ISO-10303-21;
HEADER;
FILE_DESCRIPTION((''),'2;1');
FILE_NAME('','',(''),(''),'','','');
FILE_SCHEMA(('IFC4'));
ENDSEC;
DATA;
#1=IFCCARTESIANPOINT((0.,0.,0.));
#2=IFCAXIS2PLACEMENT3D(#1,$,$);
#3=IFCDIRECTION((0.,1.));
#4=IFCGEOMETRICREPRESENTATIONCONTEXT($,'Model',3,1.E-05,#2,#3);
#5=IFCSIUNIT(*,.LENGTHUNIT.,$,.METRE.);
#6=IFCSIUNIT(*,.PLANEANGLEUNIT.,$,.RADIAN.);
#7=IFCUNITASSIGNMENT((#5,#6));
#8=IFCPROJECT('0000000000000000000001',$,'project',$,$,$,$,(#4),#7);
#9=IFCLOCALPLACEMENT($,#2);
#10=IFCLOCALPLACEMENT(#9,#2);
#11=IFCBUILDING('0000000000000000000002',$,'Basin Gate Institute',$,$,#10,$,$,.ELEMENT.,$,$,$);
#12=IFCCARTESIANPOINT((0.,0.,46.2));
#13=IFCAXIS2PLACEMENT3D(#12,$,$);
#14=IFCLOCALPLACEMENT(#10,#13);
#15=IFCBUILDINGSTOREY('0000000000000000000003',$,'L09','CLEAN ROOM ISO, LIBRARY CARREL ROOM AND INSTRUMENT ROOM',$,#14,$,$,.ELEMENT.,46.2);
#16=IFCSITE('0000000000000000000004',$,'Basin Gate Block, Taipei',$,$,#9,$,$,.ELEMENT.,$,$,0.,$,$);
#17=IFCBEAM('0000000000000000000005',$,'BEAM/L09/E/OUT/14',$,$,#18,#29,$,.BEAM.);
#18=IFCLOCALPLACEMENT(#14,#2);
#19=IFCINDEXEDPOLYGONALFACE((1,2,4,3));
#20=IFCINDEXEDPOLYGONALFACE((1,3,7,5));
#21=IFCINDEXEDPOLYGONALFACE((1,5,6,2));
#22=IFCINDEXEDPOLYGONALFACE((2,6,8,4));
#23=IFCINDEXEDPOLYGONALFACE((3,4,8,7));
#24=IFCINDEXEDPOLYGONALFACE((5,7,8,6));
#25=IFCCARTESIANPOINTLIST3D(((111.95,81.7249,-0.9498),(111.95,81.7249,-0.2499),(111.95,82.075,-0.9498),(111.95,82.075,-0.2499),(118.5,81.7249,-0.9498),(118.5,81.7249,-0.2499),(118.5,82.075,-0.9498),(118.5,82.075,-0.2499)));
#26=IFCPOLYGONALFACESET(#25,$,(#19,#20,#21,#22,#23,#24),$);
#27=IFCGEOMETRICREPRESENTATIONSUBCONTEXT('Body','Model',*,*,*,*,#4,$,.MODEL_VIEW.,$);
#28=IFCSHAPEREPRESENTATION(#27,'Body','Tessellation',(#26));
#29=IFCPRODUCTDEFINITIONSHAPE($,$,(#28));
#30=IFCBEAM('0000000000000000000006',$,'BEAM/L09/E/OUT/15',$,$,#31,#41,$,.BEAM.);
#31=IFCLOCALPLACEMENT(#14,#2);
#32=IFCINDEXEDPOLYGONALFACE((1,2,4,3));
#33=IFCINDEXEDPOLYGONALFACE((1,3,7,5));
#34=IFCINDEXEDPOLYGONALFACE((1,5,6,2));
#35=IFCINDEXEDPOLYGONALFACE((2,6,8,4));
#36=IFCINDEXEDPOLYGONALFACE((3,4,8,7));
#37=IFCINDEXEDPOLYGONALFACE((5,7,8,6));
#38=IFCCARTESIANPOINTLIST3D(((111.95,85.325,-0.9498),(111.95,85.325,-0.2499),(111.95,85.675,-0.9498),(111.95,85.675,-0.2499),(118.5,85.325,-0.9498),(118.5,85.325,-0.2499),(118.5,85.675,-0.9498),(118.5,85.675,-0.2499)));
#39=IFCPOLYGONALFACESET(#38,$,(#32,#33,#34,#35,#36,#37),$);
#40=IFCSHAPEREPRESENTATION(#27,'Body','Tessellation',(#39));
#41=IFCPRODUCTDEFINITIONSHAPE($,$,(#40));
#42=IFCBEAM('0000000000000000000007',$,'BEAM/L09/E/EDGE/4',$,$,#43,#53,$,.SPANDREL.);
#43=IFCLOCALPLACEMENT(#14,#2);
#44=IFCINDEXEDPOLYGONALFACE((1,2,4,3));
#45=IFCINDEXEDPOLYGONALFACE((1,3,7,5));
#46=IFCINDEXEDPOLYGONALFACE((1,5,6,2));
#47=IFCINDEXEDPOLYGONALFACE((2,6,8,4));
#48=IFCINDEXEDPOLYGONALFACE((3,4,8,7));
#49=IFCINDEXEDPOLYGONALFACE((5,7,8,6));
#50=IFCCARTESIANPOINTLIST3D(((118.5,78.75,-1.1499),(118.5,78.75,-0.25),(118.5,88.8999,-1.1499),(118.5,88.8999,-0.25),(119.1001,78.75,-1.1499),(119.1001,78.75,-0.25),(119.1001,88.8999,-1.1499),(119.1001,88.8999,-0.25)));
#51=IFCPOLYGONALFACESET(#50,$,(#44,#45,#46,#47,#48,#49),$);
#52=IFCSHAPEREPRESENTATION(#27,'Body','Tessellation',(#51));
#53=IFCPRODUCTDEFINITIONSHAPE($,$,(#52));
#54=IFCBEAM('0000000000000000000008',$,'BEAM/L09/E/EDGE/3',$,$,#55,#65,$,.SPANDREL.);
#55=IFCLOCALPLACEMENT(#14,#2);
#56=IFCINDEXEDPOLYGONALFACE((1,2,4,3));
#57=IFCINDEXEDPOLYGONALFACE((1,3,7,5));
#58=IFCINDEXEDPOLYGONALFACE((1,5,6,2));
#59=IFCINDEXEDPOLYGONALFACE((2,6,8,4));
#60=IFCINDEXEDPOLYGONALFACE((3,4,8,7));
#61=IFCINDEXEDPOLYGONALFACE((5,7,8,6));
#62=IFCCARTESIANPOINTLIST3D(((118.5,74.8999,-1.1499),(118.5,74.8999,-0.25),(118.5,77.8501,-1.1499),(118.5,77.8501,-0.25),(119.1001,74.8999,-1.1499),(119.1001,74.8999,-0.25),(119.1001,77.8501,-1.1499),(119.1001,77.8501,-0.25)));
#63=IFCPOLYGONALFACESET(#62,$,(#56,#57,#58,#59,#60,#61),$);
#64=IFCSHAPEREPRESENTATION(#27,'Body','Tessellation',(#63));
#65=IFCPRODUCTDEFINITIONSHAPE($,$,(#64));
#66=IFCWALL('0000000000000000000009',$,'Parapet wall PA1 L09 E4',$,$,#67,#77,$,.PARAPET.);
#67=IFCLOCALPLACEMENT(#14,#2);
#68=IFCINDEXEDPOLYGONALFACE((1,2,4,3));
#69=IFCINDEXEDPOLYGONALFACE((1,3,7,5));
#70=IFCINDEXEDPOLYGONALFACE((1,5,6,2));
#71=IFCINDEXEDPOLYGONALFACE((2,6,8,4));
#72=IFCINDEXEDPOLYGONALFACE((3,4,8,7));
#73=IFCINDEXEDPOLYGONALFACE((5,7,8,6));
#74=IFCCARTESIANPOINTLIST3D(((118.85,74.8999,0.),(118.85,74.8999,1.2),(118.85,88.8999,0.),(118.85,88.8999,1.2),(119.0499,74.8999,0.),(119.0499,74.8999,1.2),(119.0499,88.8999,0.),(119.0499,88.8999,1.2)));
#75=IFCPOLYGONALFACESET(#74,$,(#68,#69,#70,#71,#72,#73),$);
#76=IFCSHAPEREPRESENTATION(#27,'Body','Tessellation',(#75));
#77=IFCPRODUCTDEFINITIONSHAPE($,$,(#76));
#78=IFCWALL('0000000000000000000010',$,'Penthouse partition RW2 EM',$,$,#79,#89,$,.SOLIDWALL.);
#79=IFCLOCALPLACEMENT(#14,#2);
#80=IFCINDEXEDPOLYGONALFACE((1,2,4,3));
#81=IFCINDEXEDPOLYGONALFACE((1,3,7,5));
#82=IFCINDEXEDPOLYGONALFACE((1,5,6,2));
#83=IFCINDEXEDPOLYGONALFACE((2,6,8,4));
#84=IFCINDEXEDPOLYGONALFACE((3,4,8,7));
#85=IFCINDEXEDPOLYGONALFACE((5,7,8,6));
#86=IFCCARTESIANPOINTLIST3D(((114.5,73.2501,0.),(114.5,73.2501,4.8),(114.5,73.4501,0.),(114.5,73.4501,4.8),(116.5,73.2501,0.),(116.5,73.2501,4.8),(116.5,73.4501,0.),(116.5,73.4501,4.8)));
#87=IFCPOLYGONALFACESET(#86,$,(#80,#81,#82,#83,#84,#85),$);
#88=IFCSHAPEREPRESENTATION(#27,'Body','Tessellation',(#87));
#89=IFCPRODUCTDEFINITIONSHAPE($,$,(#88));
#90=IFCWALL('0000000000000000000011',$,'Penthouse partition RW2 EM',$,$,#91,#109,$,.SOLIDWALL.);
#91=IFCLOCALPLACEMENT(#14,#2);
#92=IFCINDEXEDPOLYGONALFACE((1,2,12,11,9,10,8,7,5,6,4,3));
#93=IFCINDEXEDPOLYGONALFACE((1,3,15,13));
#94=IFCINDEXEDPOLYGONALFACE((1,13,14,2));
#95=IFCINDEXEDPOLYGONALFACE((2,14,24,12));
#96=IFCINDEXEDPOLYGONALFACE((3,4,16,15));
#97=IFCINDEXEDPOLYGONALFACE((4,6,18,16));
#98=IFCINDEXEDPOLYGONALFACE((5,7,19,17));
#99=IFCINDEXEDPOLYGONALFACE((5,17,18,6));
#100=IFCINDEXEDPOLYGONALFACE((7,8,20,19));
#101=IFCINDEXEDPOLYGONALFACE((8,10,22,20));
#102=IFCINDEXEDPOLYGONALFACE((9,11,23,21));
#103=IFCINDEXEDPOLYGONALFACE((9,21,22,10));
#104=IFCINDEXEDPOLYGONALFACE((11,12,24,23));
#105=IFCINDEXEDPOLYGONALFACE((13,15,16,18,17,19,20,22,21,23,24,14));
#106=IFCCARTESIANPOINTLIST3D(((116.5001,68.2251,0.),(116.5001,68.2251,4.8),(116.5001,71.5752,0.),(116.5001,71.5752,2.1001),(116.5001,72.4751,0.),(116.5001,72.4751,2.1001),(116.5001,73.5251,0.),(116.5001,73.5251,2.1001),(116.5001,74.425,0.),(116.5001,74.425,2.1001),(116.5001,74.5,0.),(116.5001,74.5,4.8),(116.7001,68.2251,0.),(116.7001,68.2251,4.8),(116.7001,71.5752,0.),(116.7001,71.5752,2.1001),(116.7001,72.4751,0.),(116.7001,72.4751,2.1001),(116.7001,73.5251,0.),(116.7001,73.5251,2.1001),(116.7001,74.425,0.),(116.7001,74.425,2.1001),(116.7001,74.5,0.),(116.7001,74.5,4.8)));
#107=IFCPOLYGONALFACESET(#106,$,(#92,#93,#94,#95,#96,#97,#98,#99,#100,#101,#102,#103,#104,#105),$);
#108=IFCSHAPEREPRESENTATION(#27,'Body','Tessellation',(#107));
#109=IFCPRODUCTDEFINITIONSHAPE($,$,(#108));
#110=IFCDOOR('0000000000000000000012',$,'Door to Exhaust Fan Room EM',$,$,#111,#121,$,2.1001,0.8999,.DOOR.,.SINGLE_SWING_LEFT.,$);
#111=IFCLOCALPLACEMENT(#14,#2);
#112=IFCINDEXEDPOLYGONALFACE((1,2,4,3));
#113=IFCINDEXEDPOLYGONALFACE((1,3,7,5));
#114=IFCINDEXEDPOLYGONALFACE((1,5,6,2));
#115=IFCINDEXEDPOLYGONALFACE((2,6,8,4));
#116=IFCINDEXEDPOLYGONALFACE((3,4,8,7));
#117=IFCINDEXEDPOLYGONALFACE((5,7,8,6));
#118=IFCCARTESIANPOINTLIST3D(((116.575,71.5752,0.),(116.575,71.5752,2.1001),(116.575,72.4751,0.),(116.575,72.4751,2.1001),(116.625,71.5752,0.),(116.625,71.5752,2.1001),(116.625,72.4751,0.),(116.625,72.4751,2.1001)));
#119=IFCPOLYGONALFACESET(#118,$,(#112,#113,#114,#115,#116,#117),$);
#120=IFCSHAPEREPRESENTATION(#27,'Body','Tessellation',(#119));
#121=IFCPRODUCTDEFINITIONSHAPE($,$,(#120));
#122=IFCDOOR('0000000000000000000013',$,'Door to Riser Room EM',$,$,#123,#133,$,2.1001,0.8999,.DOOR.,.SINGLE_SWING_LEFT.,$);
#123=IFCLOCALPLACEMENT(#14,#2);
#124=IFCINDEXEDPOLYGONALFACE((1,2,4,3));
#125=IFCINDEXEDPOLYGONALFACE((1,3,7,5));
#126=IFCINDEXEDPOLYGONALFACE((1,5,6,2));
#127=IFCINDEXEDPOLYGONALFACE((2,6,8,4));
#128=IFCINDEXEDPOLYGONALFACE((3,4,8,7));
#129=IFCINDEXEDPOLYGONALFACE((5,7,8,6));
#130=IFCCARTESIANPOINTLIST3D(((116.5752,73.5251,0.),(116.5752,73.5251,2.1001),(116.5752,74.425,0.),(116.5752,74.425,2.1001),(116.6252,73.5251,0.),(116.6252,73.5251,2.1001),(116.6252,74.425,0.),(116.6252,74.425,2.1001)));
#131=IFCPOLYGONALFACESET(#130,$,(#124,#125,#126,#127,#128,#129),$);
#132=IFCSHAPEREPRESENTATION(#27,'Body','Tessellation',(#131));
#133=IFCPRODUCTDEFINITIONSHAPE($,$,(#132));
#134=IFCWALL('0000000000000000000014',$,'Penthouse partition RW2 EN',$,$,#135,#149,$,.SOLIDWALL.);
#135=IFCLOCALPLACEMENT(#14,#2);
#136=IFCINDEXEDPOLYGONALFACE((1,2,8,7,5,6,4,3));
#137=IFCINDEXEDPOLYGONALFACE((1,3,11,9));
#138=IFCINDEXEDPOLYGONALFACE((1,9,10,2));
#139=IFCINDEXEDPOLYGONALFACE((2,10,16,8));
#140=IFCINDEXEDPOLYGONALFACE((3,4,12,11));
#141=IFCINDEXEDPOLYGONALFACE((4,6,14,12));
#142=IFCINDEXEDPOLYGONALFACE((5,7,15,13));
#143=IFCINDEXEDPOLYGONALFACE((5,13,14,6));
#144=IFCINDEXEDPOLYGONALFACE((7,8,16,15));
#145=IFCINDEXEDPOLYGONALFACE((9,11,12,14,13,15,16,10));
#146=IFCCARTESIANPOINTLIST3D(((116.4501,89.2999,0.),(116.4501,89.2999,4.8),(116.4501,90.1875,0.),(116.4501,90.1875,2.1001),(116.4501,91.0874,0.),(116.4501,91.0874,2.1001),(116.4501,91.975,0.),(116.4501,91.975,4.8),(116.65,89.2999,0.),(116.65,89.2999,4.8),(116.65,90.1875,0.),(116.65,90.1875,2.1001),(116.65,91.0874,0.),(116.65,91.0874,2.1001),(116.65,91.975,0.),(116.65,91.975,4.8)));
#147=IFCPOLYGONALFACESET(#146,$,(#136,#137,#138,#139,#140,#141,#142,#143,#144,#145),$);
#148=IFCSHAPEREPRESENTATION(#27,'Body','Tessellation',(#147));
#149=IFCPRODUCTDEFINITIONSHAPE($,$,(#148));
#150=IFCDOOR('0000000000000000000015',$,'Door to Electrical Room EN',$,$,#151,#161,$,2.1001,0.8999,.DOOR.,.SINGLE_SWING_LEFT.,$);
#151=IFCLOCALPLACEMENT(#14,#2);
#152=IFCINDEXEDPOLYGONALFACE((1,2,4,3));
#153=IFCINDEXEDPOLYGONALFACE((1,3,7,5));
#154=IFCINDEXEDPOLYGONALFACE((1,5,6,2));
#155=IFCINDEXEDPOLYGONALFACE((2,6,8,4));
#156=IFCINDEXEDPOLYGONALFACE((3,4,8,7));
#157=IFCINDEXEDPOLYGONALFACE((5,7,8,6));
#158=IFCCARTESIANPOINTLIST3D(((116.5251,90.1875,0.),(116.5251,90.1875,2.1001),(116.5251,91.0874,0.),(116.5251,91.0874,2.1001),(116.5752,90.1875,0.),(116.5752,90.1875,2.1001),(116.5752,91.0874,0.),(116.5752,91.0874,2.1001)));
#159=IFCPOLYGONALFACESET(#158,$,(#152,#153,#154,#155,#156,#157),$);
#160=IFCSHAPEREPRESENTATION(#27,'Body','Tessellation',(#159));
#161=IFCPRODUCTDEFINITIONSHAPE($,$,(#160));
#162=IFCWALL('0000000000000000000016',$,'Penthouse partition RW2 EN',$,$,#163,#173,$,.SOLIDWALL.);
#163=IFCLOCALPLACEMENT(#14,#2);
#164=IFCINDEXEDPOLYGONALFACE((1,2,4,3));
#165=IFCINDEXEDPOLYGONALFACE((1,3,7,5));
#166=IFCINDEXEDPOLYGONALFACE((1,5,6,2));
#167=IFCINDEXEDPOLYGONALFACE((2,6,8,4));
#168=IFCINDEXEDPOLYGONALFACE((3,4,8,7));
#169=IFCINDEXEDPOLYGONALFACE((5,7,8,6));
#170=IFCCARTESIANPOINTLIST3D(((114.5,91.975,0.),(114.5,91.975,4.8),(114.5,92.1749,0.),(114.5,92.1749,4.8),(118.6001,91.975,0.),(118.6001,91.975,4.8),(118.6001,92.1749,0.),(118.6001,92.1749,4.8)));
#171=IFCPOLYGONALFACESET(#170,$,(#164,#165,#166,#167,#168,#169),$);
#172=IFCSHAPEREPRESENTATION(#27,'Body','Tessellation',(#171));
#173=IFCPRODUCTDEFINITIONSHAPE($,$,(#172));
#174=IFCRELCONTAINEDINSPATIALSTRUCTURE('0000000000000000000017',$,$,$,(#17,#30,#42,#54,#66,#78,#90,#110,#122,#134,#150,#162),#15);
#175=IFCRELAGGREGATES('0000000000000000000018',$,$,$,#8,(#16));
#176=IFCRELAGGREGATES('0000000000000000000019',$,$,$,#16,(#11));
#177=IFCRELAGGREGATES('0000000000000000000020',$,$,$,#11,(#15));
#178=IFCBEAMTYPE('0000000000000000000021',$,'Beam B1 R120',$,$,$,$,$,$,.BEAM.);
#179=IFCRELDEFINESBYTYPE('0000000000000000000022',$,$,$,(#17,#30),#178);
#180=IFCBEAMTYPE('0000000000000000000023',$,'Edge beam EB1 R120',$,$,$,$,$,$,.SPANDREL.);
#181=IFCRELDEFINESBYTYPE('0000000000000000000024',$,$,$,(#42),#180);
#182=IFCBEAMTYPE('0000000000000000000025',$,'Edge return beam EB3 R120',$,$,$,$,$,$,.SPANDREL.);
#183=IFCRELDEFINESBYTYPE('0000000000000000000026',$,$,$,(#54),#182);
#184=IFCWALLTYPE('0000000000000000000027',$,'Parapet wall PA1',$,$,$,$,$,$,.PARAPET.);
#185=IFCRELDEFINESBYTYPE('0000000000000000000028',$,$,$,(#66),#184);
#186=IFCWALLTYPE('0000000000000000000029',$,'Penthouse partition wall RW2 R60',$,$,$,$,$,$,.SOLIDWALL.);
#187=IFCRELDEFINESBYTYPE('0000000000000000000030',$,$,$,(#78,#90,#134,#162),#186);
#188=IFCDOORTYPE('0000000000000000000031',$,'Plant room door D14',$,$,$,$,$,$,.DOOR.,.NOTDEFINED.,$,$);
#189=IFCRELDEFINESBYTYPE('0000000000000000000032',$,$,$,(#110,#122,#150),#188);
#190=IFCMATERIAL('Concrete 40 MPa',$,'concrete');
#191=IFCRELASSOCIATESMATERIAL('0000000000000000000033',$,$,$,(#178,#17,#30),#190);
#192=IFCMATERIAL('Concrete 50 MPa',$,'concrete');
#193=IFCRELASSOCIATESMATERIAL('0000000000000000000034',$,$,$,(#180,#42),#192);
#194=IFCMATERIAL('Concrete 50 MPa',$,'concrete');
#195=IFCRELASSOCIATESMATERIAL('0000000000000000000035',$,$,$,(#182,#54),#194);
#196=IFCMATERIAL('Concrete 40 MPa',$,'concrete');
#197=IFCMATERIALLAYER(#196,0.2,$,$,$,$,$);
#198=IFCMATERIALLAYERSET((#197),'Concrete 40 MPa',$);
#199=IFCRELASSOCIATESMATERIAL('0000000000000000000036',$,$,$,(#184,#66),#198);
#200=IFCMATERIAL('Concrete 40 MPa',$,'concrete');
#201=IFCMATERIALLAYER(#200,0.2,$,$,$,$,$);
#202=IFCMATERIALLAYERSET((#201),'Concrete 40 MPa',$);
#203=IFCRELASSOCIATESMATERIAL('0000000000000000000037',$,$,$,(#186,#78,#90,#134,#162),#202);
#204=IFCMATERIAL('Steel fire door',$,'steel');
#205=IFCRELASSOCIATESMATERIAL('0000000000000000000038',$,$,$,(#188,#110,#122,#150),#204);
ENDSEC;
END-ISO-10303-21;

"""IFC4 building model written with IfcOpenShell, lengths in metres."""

from ifc_helpers import new_model, si_unit, direction, frame, frame_2d, origin, origin_2d, place, context, subcontext, project, spatial, rectangle, extrude, material, layer, layer_set, material_profile, profile_set, type_object, element, fill, save


model = new_model("IFC4")

# Units and contexts
model_context = context("Model", 3, precision=1e-05, world=origin(), true_north=direction((0.0, 1.0)))
body_context = subcontext(model_context, "Body", "Model", "MODEL_VIEW")
ifc_project = project(units=[si_unit("LENGTHUNIT", "METRE"), si_unit("PLANEANGLEUNIT", "RADIAN")], contexts=[model_context])

# Site, building, storey
site_placement = place(None, origin())
site = spatial("IfcSite", under=ifc_project, at=site_placement, Name="Basin Gate Block, Taipei", CompositionType="ELEMENT", RefElevation=0.0)
building_placement = place(site_placement, origin())
building = spatial("IfcBuilding", under=site, at=building_placement, Name="Basin Gate Institute", CompositionType="ELEMENT")
storey_placement = place(building_placement, frame((0.0, 0.0, 46.2)))
storey = spatial("IfcBuildingStorey", under=building, at=storey_placement, Name="L09", Description="CLEAN ROOM ISO, LIBRARY CARREL ROOM AND INSTRUMENT ROOM", CompositionType="ELEMENT", Elevation=46.2)

# Beams
ifc_material_1 = material(Name="Concrete 40 MPa", Category="concrete")
ifc_material_profile_1 = material_profile(ifc_material_1, rectangle(XDim=0.3501, YDim=0.7, at=origin_2d()), Name="Beam B1 350 x 700")
ifc_profile_set_1 = profile_set([ifc_material_profile_1], Name="Concrete 40 MPa")
beam_type_1 = type_object("IfcBeamType", Name="Beam B1 R120", PredefinedType="BEAM", material=ifc_profile_set_1)
for number, where, z_axis, x_axis, name in (
    (1, (118.5, 81.8999, -0.5999), (-1.0, 0.0, 0.0), (0.0, -1.0, 0.0), "BEAM/L09/E/OUT/14"),
    (2, (118.5, 85.5, -0.5999), (-1.0, 0.0, 0.0), (0.0, -1.0, 0.0), "BEAM/L09/E/OUT/15"),
):
    element("IfcBeam", number, at=place(storey_placement, frame(where, z_axis=z_axis, x_axis=x_axis)), inside=storey, type_object=beam_type_1, material=ifc_profile_set_1, Name=name, PredefinedType="BEAM", context=body_context, shape_type="SweptSolid", body=[
        extrude(rectangle(XDim=0.3501, YDim=0.7, at=origin_2d()), origin(), (0.0, 0.0, 1.0), 6.55),
    ])
ifc_material_2 = material(Name="Concrete 50 MPa", Category="concrete")
ifc_material_profile_2 = material_profile(ifc_material_2, rectangle(XDim=0.6001, YDim=0.8999, at=origin_2d()), Name="Edge beam EB1 600 x 900")
ifc_profile_set_2 = profile_set([ifc_material_profile_2], Name="Concrete 50 MPa")
beam_type_2 = type_object("IfcBeamType", Name="Edge beam EB1 R120", PredefinedType="SPANDREL", material=ifc_profile_set_2)
beam_1_placement = place(storey_placement, frame((118.8, 78.75, -0.7), z_axis=(0.0, 1.0, 0.0), x_axis=(-1.0, 0.0, 0.0)))
element("IfcBeam", 3, at=beam_1_placement, inside=storey, type_object=beam_type_2, material=ifc_profile_set_2, Name="BEAM/L09/E/EDGE/4", PredefinedType="SPANDREL", context=body_context, shape_type="SweptSolid", body=[
    extrude(rectangle(XDim=0.6001, YDim=0.8999, at=origin_2d()), origin(), (0.0, 0.0, 1.0), 10.1499),
])
ifc_material_3 = material(Name="Concrete 50 MPa", Category="concrete")
ifc_material_profile_3 = material_profile(ifc_material_3, rectangle(XDim=0.6001, YDim=0.8999, at=origin_2d()), Name="Edge return beam EB3 600 x 900")
ifc_profile_set_3 = profile_set([ifc_material_profile_3], Name="Concrete 50 MPa")
beam_type_3 = type_object("IfcBeamType", Name="Edge return beam EB3 R120", PredefinedType="SPANDREL", material=ifc_profile_set_3)
beam_2_placement = place(storey_placement, frame((118.8, 74.8999, -0.7), z_axis=(0.0, 1.0, 0.0), x_axis=(-1.0, 0.0, 0.0)))
element("IfcBeam", 4, at=beam_2_placement, inside=storey, type_object=beam_type_3, material=ifc_profile_set_3, Name="BEAM/L09/E/EDGE/3", PredefinedType="SPANDREL", context=body_context, shape_type="SweptSolid", body=[
    extrude(rectangle(XDim=0.6001, YDim=0.8999, at=origin_2d()), origin(), (0.0, 0.0, 1.0), 2.9502),
])

# Walls
ifc_material_4 = material(Name="Concrete 40 MPa", Category="concrete")
ifc_layer_1 = layer(ifc_material_4, 0.2)
ifc_layer_set_1 = layer_set([ifc_layer_1], Name="Concrete 40 MPa")
wall_type_1 = type_object("IfcWallType", Name="Parapet wall PA1", PredefinedType="PARAPET", material=ifc_layer_set_1)
wall_1_placement = place(storey_placement, frame((118.95, 88.8999, 0.0), z_axis=(0.0, 0.0, 1.0), x_axis=(0.0, -1.0, 0.0)))
element("IfcWall", 5, at=wall_1_placement, inside=storey, type_object=wall_type_1, material=ifc_layer_set_1, Name="Parapet wall PA1 L09 E4", PredefinedType="PARAPET", context=body_context, shape_type="SweptSolid", body=[
    extrude(rectangle(XDim=14.0, YDim=0.2, at=frame_2d((7.0, 0.0))), origin(), (0.0, 0.0, 1.0), 1.2),
])
ifc_material_5 = material(Name="Concrete 40 MPa", Category="concrete")
ifc_layer_2 = layer(ifc_material_5, 0.2)
ifc_layer_set_2 = layer_set([ifc_layer_2], Name="Concrete 40 MPa")
wall_type_2 = type_object("IfcWallType", Name="Penthouse partition wall RW2 R60", PredefinedType="SOLIDWALL", material=ifc_layer_set_2)
wall_2_placement = place(storey_placement, frame((114.5, 73.3501, 0.0), z_axis=(0.0, 0.0, 1.0), x_axis=(1.0, 0.0, 0.0)))
element("IfcWall", 6, at=wall_2_placement, inside=storey, type_object=wall_type_2, material=ifc_layer_set_2, Name="Penthouse partition RW2 EM", PredefinedType="SOLIDWALL", context=body_context, shape_type="SweptSolid", body=[
    extrude(rectangle(XDim=2.0, YDim=0.2, at=frame_2d((1.0, 0.0))), origin(), (0.0, 0.0, 1.0), 4.8),
])

# Wall, openings, doors
wall_3_placement = place(storey_placement, frame((116.6001, 68.2251, 0.0), z_axis=(0.0, 0.0, 1.0), x_axis=(0.0, 1.0, 0.0)))
wall_3 = element("IfcWall", 7, at=wall_3_placement, inside=storey, type_object=wall_type_2, material=ifc_layer_set_2, Name="Penthouse partition RW2 EM", PredefinedType="SOLIDWALL", context=body_context, shape_type="SweptSolid", body=[
    extrude(rectangle(XDim=6.2749, YDim=0.2, at=frame_2d((3.1375, 0.0))), origin(), (0.0, 0.0, 1.0), 4.8),
])
opening_1_placement = place(wall_3_placement, frame((3.3501, 0.0, 0.0)))
opening_1 = element("IfcOpeningElement", 8, at=opening_1_placement, cuts=wall_3, PredefinedType="OPENING", context=body_context, shape_type="SweptSolid", body=[
    extrude(rectangle(XDim=0.8999, YDim=2.1001, at=frame_2d((0.45, 1.05))), frame((0.0, 0.1099, 0.0), z_axis=(0.0, -1.0, 0.0), x_axis=(1.0, 0.0, 0.0)), (0.0, 0.0, 1.0), 0.22),
])
opening_2_placement = place(wall_3_placement, frame((5.3, 0.0, 0.0)))
opening_2 = element("IfcOpeningElement", 9, at=opening_2_placement, cuts=wall_3, PredefinedType="OPENING", context=body_context, shape_type="SweptSolid", body=[
    extrude(rectangle(XDim=0.8999, YDim=2.1001, at=frame_2d((0.45, 1.05))), frame((0.0, 0.1099, 0.0), z_axis=(0.0, -1.0, 0.0), x_axis=(1.0, 0.0, 0.0)), (0.0, 0.0, 1.0), 0.22),
])
ifc_material_6 = material(Name="Steel fire door", Category="steel")
door_type = type_object("IfcDoorType", Name="Plant room door D14", OperationType="NOTDEFINED", PredefinedType="DOOR", material=ifc_material_6)
door_1_placement = place(opening_1_placement, frame((0.8999, 0.0, 0.0), z_axis=(0.0, 0.0, 1.0), x_axis=(-1.0, 0.0, 0.0)))
door_1 = element("IfcDoor", 10, at=door_1_placement, inside=storey, type_object=door_type, material=ifc_material_6, Name="Door to Exhaust Fan Room EM", OperationType="SINGLE_SWING_LEFT", OverallHeight=2.1001, OverallWidth=0.8999, PredefinedType="DOOR", context=body_context, shape_type="SweptSolid", body=[
    extrude(rectangle(XDim=0.8999, YDim=2.1001, at=frame_2d((0.45, 1.05))), frame((0.0, 0.0249, 0.0), z_axis=(0.0, -1.0, 0.0), x_axis=(1.0, 0.0, 0.0)), (0.0, 0.0, 1.0), 0.05),
])
fill(opening_1, door_1)
door_2_placement = place(opening_2_placement, origin())
door_2 = element("IfcDoor", 11, at=door_2_placement, inside=storey, type_object=door_type, material=ifc_material_6, Name="Door to Riser Room EM", OperationType="SINGLE_SWING_LEFT", OverallHeight=2.1001, OverallWidth=0.8999, PredefinedType="DOOR", context=body_context, shape_type="SweptSolid", body=[
    extrude(rectangle(XDim=0.8999, YDim=2.1001, at=frame_2d((0.45, 1.05))), frame((0.0, 0.0249, 0.0), z_axis=(0.0, -1.0, 0.0), x_axis=(1.0, 0.0, 0.0)), (0.0, 0.0, 1.0), 0.05),
])
fill(opening_2, door_2)

# Wall, opening, door
wall_4_placement = place(storey_placement, frame((116.55, 89.3, 0.0), z_axis=(0.0, 0.0, 1.0), x_axis=(0.0, 1.0, 0.0)))
wall_4 = element("IfcWall", 12, at=wall_4_placement, inside=storey, type_object=wall_type_2, material=ifc_layer_set_2, Name="Penthouse partition RW2 EN", PredefinedType="SOLIDWALL", context=body_context, shape_type="SweptSolid", body=[
    extrude(rectangle(XDim=2.675, YDim=0.2, at=frame_2d((1.3374, 0.0))), origin(), (0.0, 0.0, 1.0), 4.8),
])
opening_3_placement = place(wall_4_placement, frame((0.8875, 0.0, 0.0)))
opening_3 = element("IfcOpeningElement", 13, at=opening_3_placement, cuts=wall_4, PredefinedType="OPENING", context=body_context, shape_type="SweptSolid", body=[
    extrude(rectangle(XDim=0.8999, YDim=2.1001, at=frame_2d((0.45, 1.05))), frame((0.0, 0.1099, 0.0), z_axis=(0.0, -1.0, 0.0), x_axis=(1.0, 0.0, 0.0)), (0.0, 0.0, 1.0), 0.22),
])
door_3_placement = place(opening_3_placement, origin())
door_3 = element("IfcDoor", 14, at=door_3_placement, inside=storey, type_object=door_type, material=ifc_material_6, Name="Door to Electrical Room EN", OperationType="SINGLE_SWING_LEFT", OverallHeight=2.1001, OverallWidth=0.8999, PredefinedType="DOOR", context=body_context, shape_type="SweptSolid", body=[
    extrude(rectangle(XDim=0.8999, YDim=2.1001, at=frame_2d((0.45, 1.05))), frame((0.0, 0.0249, 0.0), z_axis=(0.0, -1.0, 0.0), x_axis=(1.0, 0.0, 0.0)), (0.0, 0.0, 1.0), 0.05),
])
fill(opening_3, door_3)

# Wall
wall_5_placement = place(storey_placement, frame((114.5, 92.075, 0.0), z_axis=(0.0, 0.0, 1.0), x_axis=(1.0, 0.0, 0.0)))
element("IfcWall", 15, at=wall_5_placement, inside=storey, type_object=wall_type_2, material=ifc_layer_set_2, Name="Penthouse partition RW2 EN", PredefinedType="SOLIDWALL", context=body_context, shape_type="SweptSolid", body=[
    extrude(rectangle(XDim=4.1001, YDim=0.2, at=frame_2d((2.05, 0.0))), origin(), (0.0, 0.0, 1.0), 4.8),
])

save(model, "model.ifc")
